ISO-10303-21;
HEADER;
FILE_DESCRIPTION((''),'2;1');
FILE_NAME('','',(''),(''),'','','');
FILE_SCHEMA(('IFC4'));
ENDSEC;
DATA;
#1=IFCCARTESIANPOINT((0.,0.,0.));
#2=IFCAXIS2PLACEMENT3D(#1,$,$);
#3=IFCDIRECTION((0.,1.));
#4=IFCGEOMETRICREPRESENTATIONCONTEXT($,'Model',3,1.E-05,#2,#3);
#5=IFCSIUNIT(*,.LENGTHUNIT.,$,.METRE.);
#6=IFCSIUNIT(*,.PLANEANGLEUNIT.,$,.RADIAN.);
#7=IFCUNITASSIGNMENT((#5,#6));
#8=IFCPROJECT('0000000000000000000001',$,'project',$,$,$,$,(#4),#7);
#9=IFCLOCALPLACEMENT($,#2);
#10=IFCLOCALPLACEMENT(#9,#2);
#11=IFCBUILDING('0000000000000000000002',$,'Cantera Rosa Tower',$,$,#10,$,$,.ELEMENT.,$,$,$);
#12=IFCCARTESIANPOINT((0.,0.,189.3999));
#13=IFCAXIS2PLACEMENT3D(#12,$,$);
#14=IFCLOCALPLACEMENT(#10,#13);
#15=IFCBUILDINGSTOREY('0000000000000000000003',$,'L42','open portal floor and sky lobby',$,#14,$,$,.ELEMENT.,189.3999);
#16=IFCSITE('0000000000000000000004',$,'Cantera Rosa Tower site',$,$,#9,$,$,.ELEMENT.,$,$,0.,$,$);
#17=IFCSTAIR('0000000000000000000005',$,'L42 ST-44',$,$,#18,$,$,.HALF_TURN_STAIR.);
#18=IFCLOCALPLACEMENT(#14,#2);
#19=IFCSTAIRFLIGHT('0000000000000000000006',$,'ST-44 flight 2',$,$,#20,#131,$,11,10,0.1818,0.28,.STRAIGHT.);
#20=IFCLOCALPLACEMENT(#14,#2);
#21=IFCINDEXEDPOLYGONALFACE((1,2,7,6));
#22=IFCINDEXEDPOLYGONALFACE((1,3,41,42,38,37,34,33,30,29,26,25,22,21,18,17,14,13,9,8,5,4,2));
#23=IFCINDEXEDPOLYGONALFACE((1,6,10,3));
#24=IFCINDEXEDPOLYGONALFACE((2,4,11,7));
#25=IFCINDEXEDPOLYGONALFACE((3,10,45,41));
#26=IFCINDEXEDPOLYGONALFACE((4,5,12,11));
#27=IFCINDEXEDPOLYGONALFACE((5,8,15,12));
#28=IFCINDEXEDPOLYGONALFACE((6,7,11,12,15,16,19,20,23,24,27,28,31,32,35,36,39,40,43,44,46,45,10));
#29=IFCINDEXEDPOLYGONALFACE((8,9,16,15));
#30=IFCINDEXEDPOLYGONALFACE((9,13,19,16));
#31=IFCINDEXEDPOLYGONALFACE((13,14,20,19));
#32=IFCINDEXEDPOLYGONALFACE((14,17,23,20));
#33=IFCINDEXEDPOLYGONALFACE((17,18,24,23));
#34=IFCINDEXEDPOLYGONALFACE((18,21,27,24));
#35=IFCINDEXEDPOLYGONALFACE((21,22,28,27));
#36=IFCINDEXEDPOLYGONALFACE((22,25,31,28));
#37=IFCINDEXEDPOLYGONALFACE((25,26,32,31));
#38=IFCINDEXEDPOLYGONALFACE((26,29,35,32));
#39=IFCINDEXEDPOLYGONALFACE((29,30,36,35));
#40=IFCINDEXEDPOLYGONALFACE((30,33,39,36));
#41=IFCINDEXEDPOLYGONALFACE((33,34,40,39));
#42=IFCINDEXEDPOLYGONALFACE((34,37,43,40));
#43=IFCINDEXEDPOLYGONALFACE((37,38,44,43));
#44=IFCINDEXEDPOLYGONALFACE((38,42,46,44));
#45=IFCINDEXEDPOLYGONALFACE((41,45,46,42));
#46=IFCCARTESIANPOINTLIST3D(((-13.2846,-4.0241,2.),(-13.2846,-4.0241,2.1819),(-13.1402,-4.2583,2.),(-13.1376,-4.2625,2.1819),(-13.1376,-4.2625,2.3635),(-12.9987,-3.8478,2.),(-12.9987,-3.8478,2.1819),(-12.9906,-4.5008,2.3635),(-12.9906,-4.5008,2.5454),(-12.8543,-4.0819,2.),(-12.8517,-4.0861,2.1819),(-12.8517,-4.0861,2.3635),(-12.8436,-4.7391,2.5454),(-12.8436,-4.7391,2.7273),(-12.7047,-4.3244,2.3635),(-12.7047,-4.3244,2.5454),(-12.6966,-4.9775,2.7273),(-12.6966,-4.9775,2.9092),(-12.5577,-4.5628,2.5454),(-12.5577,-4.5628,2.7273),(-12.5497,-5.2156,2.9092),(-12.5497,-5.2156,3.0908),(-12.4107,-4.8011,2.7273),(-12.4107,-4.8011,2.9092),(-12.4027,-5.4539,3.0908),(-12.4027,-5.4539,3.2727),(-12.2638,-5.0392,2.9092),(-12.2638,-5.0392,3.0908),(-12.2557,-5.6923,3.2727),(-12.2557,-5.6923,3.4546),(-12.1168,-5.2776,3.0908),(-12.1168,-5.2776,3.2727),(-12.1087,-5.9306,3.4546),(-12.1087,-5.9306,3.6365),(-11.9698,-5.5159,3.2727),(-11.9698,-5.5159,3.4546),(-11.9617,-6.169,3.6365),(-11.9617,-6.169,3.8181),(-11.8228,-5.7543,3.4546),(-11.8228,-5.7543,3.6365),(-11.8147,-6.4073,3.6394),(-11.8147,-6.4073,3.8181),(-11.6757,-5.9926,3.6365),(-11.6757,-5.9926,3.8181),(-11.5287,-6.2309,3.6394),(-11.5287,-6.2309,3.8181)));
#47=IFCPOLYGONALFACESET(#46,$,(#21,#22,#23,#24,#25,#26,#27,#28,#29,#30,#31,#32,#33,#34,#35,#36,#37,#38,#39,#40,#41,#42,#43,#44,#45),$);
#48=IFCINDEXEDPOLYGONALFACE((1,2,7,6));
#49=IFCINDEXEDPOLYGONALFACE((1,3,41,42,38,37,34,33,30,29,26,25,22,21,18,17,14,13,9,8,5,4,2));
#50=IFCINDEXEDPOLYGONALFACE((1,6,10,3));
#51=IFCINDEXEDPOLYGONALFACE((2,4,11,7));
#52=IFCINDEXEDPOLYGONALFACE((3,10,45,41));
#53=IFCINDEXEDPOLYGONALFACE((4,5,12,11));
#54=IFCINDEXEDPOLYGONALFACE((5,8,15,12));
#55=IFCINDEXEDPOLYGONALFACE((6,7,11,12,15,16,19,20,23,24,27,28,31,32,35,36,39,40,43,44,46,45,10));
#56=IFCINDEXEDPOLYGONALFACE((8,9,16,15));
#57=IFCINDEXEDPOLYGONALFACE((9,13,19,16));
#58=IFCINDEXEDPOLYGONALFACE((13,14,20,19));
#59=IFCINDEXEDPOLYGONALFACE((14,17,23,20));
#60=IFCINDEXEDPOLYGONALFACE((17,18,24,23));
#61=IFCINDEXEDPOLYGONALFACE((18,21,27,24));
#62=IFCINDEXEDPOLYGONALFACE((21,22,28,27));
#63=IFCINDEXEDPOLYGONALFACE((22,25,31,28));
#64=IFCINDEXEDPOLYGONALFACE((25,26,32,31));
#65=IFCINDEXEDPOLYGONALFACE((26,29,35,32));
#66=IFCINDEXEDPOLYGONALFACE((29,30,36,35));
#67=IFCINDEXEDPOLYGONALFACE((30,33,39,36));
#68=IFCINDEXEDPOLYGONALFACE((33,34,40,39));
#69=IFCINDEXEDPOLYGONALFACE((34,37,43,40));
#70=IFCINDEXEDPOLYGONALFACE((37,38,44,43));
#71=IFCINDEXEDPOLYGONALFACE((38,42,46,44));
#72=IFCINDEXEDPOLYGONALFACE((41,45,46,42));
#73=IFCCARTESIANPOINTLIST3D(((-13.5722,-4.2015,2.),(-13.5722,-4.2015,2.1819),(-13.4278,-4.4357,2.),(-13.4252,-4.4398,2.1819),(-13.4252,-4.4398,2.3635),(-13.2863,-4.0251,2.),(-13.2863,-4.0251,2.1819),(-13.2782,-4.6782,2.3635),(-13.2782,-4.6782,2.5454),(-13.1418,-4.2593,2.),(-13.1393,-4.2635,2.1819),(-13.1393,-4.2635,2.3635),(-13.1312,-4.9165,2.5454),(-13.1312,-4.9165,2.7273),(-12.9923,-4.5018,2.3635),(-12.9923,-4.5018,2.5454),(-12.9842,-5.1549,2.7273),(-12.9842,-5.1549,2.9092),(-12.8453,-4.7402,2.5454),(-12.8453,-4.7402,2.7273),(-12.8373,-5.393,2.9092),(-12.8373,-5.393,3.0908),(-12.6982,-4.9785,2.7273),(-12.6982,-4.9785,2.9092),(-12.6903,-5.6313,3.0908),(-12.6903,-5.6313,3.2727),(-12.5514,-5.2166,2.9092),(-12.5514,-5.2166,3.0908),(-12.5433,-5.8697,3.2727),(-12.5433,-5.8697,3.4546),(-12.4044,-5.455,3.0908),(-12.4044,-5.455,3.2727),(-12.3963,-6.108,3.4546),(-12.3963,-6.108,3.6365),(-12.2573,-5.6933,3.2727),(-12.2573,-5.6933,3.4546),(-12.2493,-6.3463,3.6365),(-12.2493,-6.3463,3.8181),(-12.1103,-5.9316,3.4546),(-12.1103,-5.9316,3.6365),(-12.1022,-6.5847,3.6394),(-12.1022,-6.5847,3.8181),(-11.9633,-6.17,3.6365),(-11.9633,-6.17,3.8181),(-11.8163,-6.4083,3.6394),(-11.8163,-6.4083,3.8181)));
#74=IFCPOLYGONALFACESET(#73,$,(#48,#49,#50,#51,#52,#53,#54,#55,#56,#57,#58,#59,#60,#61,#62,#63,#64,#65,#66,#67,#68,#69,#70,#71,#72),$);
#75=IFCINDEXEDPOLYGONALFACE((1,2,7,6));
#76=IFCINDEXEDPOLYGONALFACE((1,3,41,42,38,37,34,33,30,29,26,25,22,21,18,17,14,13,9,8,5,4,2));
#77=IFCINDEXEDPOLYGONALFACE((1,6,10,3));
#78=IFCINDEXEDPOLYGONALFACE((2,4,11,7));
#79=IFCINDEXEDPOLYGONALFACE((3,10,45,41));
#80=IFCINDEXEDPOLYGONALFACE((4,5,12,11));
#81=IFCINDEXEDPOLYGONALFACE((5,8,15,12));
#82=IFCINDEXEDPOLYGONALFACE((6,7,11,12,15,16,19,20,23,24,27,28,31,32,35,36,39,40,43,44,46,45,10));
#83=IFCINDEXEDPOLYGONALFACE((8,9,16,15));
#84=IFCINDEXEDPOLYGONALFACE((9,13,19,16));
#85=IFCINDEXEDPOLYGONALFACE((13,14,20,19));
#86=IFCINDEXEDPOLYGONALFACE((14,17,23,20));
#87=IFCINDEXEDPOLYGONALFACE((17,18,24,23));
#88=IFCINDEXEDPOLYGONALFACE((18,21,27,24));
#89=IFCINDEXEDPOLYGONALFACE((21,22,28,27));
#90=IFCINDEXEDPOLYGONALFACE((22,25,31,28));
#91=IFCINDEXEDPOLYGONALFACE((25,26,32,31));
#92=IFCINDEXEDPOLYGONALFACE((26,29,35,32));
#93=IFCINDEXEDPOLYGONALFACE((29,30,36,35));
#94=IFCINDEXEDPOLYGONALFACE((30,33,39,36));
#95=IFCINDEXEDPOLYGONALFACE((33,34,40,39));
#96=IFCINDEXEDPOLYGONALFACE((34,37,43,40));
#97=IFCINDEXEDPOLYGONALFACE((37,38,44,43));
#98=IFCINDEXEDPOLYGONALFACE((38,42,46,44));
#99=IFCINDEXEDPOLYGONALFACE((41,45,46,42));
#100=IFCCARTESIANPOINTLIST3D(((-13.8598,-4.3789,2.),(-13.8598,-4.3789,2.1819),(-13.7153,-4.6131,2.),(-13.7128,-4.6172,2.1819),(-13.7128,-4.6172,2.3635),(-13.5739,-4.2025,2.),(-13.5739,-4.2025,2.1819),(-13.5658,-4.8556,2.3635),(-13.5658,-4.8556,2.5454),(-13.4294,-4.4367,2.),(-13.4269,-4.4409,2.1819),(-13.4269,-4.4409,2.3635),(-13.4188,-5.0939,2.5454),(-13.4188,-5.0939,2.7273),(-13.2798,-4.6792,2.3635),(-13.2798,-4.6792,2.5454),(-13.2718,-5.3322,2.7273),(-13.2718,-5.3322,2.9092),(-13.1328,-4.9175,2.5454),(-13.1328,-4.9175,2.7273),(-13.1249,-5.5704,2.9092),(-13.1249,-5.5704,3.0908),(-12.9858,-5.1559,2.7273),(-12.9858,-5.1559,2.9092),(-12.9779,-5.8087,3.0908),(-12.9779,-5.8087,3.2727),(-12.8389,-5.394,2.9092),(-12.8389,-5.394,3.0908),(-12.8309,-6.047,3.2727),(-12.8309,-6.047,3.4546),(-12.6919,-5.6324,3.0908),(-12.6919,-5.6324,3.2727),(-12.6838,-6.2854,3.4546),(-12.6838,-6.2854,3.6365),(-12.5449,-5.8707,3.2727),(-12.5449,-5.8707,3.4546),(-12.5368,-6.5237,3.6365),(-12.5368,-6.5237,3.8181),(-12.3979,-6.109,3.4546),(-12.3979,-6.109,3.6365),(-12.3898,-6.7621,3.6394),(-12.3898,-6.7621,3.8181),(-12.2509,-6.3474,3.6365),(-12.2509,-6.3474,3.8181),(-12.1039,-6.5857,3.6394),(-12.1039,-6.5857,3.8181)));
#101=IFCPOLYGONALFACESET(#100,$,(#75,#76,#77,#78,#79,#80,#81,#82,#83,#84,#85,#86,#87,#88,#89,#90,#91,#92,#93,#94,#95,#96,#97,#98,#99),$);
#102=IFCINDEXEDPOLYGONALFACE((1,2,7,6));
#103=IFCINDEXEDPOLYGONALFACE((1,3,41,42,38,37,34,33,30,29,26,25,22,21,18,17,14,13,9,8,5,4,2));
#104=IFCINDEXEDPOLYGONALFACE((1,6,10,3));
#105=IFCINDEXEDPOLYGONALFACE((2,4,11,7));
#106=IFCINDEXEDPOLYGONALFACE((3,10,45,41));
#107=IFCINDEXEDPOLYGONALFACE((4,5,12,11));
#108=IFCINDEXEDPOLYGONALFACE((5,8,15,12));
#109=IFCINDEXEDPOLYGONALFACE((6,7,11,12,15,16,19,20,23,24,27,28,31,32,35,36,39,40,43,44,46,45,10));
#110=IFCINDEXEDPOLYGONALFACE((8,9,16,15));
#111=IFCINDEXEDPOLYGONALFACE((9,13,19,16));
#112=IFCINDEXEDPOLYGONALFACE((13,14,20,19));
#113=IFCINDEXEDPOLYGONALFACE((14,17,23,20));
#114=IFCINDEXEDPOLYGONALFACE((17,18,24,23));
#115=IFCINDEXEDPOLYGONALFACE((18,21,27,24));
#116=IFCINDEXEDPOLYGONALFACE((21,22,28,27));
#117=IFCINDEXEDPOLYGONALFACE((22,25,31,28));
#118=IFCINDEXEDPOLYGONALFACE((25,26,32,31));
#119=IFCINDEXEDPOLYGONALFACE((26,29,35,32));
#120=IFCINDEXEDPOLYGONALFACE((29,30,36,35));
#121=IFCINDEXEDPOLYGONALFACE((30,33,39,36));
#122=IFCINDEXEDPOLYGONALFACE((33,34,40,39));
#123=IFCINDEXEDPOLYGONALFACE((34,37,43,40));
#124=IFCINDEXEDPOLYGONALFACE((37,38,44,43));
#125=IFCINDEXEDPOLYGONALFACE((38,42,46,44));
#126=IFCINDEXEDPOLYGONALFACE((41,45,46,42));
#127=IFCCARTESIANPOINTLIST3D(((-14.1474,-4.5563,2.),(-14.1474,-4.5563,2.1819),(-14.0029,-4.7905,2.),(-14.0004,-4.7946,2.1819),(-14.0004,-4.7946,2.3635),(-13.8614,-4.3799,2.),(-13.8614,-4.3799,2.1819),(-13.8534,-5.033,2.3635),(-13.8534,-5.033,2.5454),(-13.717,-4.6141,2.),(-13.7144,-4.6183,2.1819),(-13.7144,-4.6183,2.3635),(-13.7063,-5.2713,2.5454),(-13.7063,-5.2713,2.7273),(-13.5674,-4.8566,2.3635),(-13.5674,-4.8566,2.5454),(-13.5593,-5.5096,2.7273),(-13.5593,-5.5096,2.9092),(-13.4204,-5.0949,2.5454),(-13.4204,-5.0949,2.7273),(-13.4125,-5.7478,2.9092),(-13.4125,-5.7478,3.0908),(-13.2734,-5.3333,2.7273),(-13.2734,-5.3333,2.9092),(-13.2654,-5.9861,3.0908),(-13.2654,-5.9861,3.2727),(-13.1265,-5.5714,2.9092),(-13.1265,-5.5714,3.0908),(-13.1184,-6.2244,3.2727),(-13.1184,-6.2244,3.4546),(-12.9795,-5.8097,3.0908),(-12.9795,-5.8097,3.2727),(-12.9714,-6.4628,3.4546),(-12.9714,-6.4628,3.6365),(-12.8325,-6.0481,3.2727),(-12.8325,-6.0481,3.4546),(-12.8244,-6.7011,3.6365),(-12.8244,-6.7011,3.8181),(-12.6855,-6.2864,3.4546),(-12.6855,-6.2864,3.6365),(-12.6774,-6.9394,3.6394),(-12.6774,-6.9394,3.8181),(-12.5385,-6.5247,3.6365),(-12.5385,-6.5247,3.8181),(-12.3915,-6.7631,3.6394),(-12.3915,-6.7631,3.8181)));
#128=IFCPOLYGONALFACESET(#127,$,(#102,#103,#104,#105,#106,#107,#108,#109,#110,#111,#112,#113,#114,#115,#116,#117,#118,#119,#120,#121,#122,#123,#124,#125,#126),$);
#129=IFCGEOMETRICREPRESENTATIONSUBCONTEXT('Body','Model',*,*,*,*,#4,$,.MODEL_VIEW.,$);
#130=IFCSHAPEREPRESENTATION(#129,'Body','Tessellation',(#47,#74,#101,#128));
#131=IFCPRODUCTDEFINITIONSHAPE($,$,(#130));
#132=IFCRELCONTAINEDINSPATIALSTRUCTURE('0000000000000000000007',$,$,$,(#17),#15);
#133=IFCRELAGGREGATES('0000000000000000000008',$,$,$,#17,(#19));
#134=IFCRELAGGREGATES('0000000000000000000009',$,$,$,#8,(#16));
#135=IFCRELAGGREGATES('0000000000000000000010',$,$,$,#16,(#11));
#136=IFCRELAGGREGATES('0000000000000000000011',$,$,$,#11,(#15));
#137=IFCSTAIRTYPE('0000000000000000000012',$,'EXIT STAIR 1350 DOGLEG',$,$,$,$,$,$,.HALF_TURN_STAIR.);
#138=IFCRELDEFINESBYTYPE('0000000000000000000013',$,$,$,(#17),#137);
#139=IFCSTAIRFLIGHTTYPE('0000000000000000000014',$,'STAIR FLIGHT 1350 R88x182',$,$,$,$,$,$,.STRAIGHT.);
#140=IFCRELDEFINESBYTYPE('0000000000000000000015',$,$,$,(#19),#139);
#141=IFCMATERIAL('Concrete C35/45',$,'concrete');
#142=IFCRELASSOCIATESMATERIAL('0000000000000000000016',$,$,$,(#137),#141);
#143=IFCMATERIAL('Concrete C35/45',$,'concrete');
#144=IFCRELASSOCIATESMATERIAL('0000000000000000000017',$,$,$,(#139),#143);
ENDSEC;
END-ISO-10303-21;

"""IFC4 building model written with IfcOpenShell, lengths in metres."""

from ifc_helpers import new_model, si_unit, direction, frame, origin, place, context, subcontext, project, spatial, polyline, outline, extrude, material, type_object, element, aggregate, save


model = new_model("IFC4")

# Units and contexts
model_context = context("Model", 3, precision=1e-05, world=origin(), true_north=direction((0.0, 1.0)))
body_context = subcontext(model_context, "Body", "Model", "MODEL_VIEW")
ifc_project = project(units=[si_unit("LENGTHUNIT", "METRE"), si_unit("PLANEANGLEUNIT", "RADIAN")], contexts=[model_context])

# Site, building, storey
site_placement = place(None, origin())
site = spatial("IfcSite", under=ifc_project, at=site_placement, Name="Cantera Rosa Tower site", CompositionType="ELEMENT", RefElevation=0.0)
building_placement = place(site_placement, origin())
building = spatial("IfcBuilding", under=site, at=building_placement, Name="Cantera Rosa Tower", CompositionType="ELEMENT")
storey_placement = place(building_placement, frame((0.0, 0.0, 189.3999)))
storey = spatial("IfcBuildingStorey", under=building, at=storey_placement, Name="L42", Description="open portal floor and sky lobby", CompositionType="ELEMENT", Elevation=189.3999)

# Stair, stair flight
ifc_material_1 = material(Name="Concrete C35/45", Category="concrete")
stair_type = type_object("IfcStairType", Name="EXIT STAIR 1350 DOGLEG", PredefinedType="HALF_TURN_STAIR", material=ifc_material_1)
ifc_material_2 = material(Name="Concrete C35/45", Category="concrete")
stair_flight_type = type_object("IfcStairFlightType", Name="STAIR FLIGHT 1350 R88x182", PredefinedType="STRAIGHT", material=ifc_material_2)
stair_1_placement = place(storey_placement, origin())
stair_1 = element("IfcStair", 1, at=stair_1_placement, inside=storey, type_object=stair_type, Name="L42 ST-44", PredefinedType="HALF_TURN_STAIR")
stair_flight_1_placement = place(storey_placement, frame((-13.5732, -4.2021, 2.0), z_axis=(0.0, 0.0, 1.0), x_axis=(0.524977, -0.851117, 0.0)))
stair_flight_1 = element("IfcStairFlight", 2, at=stair_flight_1_placement, type_object=stair_flight_type, Name="ST-44 flight 2", NumberOfRisers=11, NumberOfTreads=10, PredefinedType="STRAIGHT", RiserHeight=0.1818, TreadLength=0.28, context=body_context, shape_type="SweptSolid", body=[
    extrude(outline(polyline([(0.0, 0.0), (0.0, 0.1819), (0.28, 0.1819), (0.28, 0.3635), (0.5601, 0.3635), (0.5601, 0.5454), (0.8401, 0.5454), (0.8401, 0.7273), (1.1201, 0.7273), (1.1201, 0.9092), (1.3999, 0.9092), (1.3999, 1.0908), (1.6799, 1.0908), (1.6799, 1.2727), (1.96, 1.2727), (1.96, 1.4546), (2.24, 1.4546), (2.24, 1.6365), (2.52, 1.6365), (2.52, 1.8181), (2.8, 1.8181), (2.8, 2.0), (2.8, 1.6394), (0.2751, 0.0), (0.0, 0.0)])), frame((0.0, 0.675, 0.0), z_axis=(0.0, -1.0, 0.0), x_axis=(1.0, 0.0, 0.0)), (0.0, 0.0, 1.0), 0.3359),
    extrude(outline(polyline([(0.0, 0.0), (0.0, 0.1819), (0.28, 0.1819), (0.28, 0.3635), (0.5601, 0.3635), (0.5601, 0.5454), (0.8401, 0.5454), (0.8401, 0.7273), (1.1201, 0.7273), (1.1201, 0.9092), (1.3999, 0.9092), (1.3999, 1.0908), (1.6799, 1.0908), (1.6799, 1.2727), (1.96, 1.2727), (1.96, 1.4546), (2.24, 1.4546), (2.24, 1.6365), (2.52, 1.6365), (2.52, 1.8181), (2.8, 1.8181), (2.8, 2.0), (2.8, 1.6394), (0.2751, 0.0), (0.0, 0.0)])), frame((0.0, 0.3372, 0.0), z_axis=(0.0, -1.0, 0.0), x_axis=(1.0, 0.0, 0.0)), (0.0, 0.0, 1.0), 0.3359),
    extrude(outline(polyline([(0.0, 0.0), (0.0, 0.1819), (0.28, 0.1819), (0.28, 0.3635), (0.5601, 0.3635), (0.5601, 0.5454), (0.8401, 0.5454), (0.8401, 0.7273), (1.1201, 0.7273), (1.1201, 0.9092), (1.3999, 0.9092), (1.3999, 1.0908), (1.6799, 1.0908), (1.6799, 1.2727), (1.96, 1.2727), (1.96, 1.4546), (2.24, 1.4546), (2.24, 1.6365), (2.52, 1.6365), (2.52, 1.8181), (2.8, 1.8181), (2.8, 2.0), (2.8, 1.6394), (0.2751, 0.0), (0.0, 0.0)])), frame((0.0, -0.0007, 0.0), z_axis=(0.0, -1.0, 0.0), x_axis=(1.0, 0.0, 0.0)), (0.0, 0.0, 1.0), 0.3359),
    extrude(outline(polyline([(0.0, 0.0), (0.0, 0.1819), (0.28, 0.1819), (0.28, 0.3635), (0.5601, 0.3635), (0.5601, 0.5454), (0.8401, 0.5454), (0.8401, 0.7273), (1.1201, 0.7273), (1.1201, 0.9092), (1.3999, 0.9092), (1.3999, 1.0908), (1.6799, 1.0908), (1.6799, 1.2727), (1.96, 1.2727), (1.96, 1.4546), (2.24, 1.4546), (2.24, 1.6365), (2.52, 1.6365), (2.52, 1.8181), (2.8, 1.8181), (2.8, 2.0), (2.8, 1.6394), (0.2751, 0.0), (0.0, 0.0)])), frame((0.0, -0.3386, 0.0), z_axis=(0.0, -1.0, 0.0), x_axis=(1.0, 0.0, 0.0)), (0.0, 0.0, 1.0), 0.3359),
])
aggregate(stair_1, [stair_flight_1])

save(model, "model.ifc")
